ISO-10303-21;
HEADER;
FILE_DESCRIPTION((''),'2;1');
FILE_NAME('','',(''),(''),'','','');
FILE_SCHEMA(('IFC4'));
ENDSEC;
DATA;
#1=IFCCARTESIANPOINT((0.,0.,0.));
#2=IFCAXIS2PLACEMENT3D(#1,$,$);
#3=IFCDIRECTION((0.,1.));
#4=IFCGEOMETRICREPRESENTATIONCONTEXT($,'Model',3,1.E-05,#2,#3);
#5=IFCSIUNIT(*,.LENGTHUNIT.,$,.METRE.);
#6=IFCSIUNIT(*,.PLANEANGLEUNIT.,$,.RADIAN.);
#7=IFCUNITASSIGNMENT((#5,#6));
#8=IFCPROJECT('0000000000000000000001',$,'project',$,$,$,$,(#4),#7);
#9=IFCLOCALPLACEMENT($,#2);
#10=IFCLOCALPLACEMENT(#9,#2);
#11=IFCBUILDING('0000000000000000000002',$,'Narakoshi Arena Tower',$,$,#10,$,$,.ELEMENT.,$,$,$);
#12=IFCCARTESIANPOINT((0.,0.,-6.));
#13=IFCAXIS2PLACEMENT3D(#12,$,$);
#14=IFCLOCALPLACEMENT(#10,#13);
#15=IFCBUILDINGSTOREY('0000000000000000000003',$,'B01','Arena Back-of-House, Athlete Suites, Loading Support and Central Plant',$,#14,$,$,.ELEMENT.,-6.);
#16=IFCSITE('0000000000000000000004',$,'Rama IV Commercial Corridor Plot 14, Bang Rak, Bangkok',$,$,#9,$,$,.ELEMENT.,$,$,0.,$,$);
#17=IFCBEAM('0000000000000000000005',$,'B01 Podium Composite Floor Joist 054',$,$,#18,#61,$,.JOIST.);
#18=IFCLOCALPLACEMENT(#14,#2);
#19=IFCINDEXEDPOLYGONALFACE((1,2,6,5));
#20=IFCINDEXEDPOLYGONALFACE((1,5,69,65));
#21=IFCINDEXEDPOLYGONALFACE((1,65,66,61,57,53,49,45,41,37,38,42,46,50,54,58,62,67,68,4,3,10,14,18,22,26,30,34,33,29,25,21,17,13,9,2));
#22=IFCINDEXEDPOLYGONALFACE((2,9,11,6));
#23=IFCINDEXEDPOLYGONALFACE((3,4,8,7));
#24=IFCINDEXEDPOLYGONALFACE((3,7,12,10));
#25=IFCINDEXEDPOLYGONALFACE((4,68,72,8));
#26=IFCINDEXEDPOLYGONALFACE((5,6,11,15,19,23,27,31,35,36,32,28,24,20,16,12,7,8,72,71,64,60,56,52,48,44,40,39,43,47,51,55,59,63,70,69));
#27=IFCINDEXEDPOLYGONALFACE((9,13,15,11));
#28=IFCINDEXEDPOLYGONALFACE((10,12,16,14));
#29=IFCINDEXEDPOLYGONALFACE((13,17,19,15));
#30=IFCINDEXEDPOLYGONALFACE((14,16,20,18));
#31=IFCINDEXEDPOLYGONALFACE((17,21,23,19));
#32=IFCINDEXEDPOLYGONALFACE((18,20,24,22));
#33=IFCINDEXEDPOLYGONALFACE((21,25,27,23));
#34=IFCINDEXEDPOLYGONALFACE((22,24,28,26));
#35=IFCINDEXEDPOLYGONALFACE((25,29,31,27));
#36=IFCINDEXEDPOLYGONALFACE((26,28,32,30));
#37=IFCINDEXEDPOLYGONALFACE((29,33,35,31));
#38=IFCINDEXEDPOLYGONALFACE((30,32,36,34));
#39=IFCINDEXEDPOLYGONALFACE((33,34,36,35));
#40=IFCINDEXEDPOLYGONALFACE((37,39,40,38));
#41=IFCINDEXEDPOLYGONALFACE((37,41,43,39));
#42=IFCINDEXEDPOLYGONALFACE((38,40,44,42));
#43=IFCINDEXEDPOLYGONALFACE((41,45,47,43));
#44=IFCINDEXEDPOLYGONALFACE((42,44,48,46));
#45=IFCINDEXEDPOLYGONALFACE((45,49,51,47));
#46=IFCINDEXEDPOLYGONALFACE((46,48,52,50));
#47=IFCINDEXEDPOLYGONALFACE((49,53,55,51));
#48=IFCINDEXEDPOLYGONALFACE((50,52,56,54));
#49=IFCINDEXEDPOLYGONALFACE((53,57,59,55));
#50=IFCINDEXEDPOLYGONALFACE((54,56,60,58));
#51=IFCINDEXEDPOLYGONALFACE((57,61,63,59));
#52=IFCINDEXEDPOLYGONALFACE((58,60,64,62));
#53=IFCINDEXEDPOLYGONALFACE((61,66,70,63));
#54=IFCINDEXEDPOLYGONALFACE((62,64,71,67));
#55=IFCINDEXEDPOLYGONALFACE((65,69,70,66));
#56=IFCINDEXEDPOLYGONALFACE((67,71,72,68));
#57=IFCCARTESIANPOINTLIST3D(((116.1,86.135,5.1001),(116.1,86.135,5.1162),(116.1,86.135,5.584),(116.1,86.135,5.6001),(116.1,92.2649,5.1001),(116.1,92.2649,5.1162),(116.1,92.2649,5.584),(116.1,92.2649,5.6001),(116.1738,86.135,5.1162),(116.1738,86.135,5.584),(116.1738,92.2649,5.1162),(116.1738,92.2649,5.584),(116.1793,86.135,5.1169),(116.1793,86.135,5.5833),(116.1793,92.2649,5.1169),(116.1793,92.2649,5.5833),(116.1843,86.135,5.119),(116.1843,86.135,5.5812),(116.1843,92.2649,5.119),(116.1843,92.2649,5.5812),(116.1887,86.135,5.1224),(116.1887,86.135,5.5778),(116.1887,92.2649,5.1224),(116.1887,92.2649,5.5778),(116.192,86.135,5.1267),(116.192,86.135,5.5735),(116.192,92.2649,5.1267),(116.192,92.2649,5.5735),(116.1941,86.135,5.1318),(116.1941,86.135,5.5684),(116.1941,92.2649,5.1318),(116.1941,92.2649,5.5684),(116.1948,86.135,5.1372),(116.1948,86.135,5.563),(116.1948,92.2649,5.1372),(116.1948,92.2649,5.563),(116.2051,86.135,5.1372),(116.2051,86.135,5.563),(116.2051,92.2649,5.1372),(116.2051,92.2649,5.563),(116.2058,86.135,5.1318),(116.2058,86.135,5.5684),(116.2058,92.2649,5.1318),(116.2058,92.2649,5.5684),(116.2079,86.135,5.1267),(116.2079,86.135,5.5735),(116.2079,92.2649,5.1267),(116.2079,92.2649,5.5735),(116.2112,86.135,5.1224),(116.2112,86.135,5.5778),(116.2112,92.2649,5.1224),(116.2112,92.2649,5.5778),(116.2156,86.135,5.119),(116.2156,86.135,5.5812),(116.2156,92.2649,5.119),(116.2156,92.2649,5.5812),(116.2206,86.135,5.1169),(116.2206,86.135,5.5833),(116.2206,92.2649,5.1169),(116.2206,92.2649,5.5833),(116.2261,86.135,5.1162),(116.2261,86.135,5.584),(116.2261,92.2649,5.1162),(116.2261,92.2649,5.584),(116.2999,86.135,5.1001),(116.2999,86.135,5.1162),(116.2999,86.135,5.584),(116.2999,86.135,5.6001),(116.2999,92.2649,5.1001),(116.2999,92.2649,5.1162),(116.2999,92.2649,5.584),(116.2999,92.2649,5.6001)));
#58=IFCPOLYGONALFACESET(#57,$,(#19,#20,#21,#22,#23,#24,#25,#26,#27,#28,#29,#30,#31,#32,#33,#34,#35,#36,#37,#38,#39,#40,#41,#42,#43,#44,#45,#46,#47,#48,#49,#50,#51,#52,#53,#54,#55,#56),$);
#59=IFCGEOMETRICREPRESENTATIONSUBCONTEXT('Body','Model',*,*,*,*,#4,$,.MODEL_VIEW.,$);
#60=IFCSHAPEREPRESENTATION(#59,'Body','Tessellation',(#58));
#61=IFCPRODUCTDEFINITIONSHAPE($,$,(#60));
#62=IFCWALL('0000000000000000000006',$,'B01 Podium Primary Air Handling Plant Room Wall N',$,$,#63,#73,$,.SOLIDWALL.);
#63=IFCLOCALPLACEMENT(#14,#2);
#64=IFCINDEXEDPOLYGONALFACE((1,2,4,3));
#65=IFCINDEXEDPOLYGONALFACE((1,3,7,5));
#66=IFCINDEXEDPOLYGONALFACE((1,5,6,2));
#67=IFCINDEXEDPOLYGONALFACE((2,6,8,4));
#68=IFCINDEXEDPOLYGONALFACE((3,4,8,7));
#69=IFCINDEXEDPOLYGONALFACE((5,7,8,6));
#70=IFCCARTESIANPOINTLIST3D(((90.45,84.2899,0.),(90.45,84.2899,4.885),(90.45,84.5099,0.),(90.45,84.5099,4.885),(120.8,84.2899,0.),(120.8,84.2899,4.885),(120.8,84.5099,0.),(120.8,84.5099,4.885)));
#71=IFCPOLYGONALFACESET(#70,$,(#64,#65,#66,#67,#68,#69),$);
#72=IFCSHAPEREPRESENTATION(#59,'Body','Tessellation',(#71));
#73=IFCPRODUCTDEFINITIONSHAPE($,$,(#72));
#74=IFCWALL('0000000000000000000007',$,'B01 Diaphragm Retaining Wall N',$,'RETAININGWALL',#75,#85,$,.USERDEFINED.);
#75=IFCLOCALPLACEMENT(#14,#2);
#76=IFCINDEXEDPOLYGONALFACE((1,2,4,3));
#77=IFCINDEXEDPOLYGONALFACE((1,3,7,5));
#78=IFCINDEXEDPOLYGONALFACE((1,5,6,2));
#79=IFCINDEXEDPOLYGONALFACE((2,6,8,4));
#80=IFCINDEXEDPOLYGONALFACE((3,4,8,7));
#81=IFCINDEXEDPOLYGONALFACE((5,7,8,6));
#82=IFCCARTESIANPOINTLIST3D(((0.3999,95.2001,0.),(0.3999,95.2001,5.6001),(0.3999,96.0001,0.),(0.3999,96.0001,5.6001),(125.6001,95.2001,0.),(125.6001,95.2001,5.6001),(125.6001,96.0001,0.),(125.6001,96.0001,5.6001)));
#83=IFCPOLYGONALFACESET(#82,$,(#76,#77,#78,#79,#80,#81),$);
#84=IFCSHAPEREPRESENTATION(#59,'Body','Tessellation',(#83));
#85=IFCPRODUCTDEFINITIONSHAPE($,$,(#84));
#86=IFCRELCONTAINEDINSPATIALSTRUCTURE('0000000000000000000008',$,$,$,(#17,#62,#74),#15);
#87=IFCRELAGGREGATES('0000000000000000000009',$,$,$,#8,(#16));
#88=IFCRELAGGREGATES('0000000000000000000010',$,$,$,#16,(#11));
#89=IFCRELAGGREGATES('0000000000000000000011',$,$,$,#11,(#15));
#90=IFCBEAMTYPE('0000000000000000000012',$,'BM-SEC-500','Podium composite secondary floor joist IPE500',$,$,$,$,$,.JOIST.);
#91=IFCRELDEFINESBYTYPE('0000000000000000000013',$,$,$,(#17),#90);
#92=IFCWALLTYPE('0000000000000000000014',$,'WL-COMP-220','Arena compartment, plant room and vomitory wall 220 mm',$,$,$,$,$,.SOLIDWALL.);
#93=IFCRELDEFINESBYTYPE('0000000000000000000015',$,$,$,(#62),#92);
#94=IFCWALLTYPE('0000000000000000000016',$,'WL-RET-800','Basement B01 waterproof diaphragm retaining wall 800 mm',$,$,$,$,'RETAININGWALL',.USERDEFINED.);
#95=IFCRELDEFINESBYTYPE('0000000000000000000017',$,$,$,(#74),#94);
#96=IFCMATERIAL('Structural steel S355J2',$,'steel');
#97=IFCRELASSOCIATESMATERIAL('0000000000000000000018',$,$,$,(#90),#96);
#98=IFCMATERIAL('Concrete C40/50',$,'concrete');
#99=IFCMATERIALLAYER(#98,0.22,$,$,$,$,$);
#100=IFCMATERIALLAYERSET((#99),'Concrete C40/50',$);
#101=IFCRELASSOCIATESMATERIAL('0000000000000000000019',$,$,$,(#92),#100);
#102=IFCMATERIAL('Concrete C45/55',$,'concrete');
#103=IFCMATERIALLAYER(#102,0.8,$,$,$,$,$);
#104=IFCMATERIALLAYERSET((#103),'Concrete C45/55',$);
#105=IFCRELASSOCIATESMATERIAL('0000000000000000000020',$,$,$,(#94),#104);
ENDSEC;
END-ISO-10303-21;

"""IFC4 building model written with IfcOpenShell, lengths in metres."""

from ifc_helpers import new_model, si_unit, direction, frame, frame_2d, origin, origin_2d, place, context, subcontext, project, spatial, rectangle, i_section, extrude, material, layer, layer_set, material_profile, profile_set, type_object, element, save


model = new_model("IFC4")

# Units and contexts
model_context = context("Model", 3, precision=1e-05, world=origin(), true_north=direction((0.0, 1.0)))
body_context = subcontext(model_context, "Body", "Model", "MODEL_VIEW")
ifc_project = project(units=[si_unit("LENGTHUNIT", "METRE"), si_unit("PLANEANGLEUNIT", "RADIAN")], contexts=[model_context])

# Site, building, storey
site_placement = place(None, origin())
site = spatial("IfcSite", under=ifc_project, at=site_placement, Name="Rama IV Commercial Corridor Plot 14, Bang Rak, Bangkok", CompositionType="ELEMENT", RefElevation=0.0)
building_placement = place(site_placement, origin())
building = spatial("IfcBuilding", under=site, at=building_placement, Name="Narakoshi Arena Tower", CompositionType="ELEMENT")
storey_placement = place(building_placement, frame((0.0, 0.0, -6.0)))
storey = spatial("IfcBuildingStorey", under=building, at=storey_placement, Name="B01", Description="Arena Back-of-House, Athlete Suites, Loading Support and Central Plant", CompositionType="ELEMENT", Elevation=-6.0)

# Shared definitions
ifc_material_1 = material(Name="Concrete C45/55", Category="concrete")

# Shared definitions
ifc_material_2 = material(Name="Concrete C40/50", Category="concrete")

# Beam
ifc_material_3 = material(Name="Structural steel S355J2", Category="steel")
ifc_material_profile_1 = material_profile(ifc_material_3, i_section(OverallWidth=0.2, OverallDepth=0.5, WebThickness=0.0103, FlangeThickness=0.0161, FilletRadius=0.021, at=origin_2d()), Name="IPE500")
ifc_profile_set_1 = profile_set([ifc_material_profile_1], Name="Structural steel S355J2")
beam_type_1 = type_object("IfcBeamType", Name="BM-SEC-500", Description="Podium composite secondary floor joist IPE500", PredefinedType="JOIST", material=ifc_profile_set_1)
beam_1_placement = place(storey_placement, frame((116.2, 86.135, 5.3501), z_axis=(0.0, 1.0, 0.0), x_axis=(-1.0, 0.0, 0.0)))
element("IfcBeam", 1, at=beam_1_placement, inside=storey, type_object=beam_type_1, Name="B01 Podium Composite Floor Joist 054", PredefinedType="JOIST", context=body_context, shape_type="SweptSolid", body=[
    extrude(i_section(OverallWidth=0.2, OverallDepth=0.5, WebThickness=0.0103, FlangeThickness=0.0161, FilletRadius=0.021, at=origin_2d()), origin(), (0.0, 0.0, 1.0), 6.1299),
])

# Walls
ifc_layer_1 = layer(ifc_material_2, 0.22)
ifc_layer_set_1 = layer_set([ifc_layer_1], Name="Concrete C40/50")
wall_type_1 = type_object("IfcWallType", Name="WL-COMP-220", Description="Arena compartment, plant room and vomitory wall 220 mm", PredefinedType="SOLIDWALL", material=ifc_layer_set_1)
wall_1_placement = place(storey_placement, frame((120.8, 84.3999, 0.0), z_axis=(0.0, 0.0, 1.0), x_axis=(-1.0, 0.0, 0.0)))
element("IfcWall", 2, at=wall_1_placement, inside=storey, type_object=wall_type_1, Name="B01 Podium Primary Air Handling Plant Room Wall N", PredefinedType="SOLIDWALL", context=body_context, shape_type="SweptSolid", body=[
    extrude(rectangle(XDim=30.3501, YDim=0.22, at=frame_2d((15.175, 0.0))), origin(), (0.0, 0.0, 1.0), 4.885),
])
ifc_layer_2 = layer(ifc_material_1, 0.8)
ifc_layer_set_2 = layer_set([ifc_layer_2], Name="Concrete C45/55")
wall_type_2 = type_object("IfcWallType", Name="WL-RET-800", Description="Basement B01 waterproof diaphragm retaining wall 800 mm", ElementType="RETAININGWALL", PredefinedType="USERDEFINED", material=ifc_layer_set_2)
wall_2_placement = place(storey_placement, frame((125.6001, 95.6001, 0.0), z_axis=(0.0, 0.0, 1.0), x_axis=(-1.0, 0.0, 0.0)))
element("IfcWall", 3, at=wall_2_placement, inside=storey, type_object=wall_type_2, Name="B01 Diaphragm Retaining Wall N", ObjectType="RETAININGWALL", PredefinedType="USERDEFINED", context=body_context, shape_type="SweptSolid", body=[
    extrude(rectangle(XDim=125.2002, YDim=0.8, at=frame_2d((62.6001, 0.0))), origin(), (0.0, 0.0, 1.0), 5.6001),
])

save(model, "model.ifc")
